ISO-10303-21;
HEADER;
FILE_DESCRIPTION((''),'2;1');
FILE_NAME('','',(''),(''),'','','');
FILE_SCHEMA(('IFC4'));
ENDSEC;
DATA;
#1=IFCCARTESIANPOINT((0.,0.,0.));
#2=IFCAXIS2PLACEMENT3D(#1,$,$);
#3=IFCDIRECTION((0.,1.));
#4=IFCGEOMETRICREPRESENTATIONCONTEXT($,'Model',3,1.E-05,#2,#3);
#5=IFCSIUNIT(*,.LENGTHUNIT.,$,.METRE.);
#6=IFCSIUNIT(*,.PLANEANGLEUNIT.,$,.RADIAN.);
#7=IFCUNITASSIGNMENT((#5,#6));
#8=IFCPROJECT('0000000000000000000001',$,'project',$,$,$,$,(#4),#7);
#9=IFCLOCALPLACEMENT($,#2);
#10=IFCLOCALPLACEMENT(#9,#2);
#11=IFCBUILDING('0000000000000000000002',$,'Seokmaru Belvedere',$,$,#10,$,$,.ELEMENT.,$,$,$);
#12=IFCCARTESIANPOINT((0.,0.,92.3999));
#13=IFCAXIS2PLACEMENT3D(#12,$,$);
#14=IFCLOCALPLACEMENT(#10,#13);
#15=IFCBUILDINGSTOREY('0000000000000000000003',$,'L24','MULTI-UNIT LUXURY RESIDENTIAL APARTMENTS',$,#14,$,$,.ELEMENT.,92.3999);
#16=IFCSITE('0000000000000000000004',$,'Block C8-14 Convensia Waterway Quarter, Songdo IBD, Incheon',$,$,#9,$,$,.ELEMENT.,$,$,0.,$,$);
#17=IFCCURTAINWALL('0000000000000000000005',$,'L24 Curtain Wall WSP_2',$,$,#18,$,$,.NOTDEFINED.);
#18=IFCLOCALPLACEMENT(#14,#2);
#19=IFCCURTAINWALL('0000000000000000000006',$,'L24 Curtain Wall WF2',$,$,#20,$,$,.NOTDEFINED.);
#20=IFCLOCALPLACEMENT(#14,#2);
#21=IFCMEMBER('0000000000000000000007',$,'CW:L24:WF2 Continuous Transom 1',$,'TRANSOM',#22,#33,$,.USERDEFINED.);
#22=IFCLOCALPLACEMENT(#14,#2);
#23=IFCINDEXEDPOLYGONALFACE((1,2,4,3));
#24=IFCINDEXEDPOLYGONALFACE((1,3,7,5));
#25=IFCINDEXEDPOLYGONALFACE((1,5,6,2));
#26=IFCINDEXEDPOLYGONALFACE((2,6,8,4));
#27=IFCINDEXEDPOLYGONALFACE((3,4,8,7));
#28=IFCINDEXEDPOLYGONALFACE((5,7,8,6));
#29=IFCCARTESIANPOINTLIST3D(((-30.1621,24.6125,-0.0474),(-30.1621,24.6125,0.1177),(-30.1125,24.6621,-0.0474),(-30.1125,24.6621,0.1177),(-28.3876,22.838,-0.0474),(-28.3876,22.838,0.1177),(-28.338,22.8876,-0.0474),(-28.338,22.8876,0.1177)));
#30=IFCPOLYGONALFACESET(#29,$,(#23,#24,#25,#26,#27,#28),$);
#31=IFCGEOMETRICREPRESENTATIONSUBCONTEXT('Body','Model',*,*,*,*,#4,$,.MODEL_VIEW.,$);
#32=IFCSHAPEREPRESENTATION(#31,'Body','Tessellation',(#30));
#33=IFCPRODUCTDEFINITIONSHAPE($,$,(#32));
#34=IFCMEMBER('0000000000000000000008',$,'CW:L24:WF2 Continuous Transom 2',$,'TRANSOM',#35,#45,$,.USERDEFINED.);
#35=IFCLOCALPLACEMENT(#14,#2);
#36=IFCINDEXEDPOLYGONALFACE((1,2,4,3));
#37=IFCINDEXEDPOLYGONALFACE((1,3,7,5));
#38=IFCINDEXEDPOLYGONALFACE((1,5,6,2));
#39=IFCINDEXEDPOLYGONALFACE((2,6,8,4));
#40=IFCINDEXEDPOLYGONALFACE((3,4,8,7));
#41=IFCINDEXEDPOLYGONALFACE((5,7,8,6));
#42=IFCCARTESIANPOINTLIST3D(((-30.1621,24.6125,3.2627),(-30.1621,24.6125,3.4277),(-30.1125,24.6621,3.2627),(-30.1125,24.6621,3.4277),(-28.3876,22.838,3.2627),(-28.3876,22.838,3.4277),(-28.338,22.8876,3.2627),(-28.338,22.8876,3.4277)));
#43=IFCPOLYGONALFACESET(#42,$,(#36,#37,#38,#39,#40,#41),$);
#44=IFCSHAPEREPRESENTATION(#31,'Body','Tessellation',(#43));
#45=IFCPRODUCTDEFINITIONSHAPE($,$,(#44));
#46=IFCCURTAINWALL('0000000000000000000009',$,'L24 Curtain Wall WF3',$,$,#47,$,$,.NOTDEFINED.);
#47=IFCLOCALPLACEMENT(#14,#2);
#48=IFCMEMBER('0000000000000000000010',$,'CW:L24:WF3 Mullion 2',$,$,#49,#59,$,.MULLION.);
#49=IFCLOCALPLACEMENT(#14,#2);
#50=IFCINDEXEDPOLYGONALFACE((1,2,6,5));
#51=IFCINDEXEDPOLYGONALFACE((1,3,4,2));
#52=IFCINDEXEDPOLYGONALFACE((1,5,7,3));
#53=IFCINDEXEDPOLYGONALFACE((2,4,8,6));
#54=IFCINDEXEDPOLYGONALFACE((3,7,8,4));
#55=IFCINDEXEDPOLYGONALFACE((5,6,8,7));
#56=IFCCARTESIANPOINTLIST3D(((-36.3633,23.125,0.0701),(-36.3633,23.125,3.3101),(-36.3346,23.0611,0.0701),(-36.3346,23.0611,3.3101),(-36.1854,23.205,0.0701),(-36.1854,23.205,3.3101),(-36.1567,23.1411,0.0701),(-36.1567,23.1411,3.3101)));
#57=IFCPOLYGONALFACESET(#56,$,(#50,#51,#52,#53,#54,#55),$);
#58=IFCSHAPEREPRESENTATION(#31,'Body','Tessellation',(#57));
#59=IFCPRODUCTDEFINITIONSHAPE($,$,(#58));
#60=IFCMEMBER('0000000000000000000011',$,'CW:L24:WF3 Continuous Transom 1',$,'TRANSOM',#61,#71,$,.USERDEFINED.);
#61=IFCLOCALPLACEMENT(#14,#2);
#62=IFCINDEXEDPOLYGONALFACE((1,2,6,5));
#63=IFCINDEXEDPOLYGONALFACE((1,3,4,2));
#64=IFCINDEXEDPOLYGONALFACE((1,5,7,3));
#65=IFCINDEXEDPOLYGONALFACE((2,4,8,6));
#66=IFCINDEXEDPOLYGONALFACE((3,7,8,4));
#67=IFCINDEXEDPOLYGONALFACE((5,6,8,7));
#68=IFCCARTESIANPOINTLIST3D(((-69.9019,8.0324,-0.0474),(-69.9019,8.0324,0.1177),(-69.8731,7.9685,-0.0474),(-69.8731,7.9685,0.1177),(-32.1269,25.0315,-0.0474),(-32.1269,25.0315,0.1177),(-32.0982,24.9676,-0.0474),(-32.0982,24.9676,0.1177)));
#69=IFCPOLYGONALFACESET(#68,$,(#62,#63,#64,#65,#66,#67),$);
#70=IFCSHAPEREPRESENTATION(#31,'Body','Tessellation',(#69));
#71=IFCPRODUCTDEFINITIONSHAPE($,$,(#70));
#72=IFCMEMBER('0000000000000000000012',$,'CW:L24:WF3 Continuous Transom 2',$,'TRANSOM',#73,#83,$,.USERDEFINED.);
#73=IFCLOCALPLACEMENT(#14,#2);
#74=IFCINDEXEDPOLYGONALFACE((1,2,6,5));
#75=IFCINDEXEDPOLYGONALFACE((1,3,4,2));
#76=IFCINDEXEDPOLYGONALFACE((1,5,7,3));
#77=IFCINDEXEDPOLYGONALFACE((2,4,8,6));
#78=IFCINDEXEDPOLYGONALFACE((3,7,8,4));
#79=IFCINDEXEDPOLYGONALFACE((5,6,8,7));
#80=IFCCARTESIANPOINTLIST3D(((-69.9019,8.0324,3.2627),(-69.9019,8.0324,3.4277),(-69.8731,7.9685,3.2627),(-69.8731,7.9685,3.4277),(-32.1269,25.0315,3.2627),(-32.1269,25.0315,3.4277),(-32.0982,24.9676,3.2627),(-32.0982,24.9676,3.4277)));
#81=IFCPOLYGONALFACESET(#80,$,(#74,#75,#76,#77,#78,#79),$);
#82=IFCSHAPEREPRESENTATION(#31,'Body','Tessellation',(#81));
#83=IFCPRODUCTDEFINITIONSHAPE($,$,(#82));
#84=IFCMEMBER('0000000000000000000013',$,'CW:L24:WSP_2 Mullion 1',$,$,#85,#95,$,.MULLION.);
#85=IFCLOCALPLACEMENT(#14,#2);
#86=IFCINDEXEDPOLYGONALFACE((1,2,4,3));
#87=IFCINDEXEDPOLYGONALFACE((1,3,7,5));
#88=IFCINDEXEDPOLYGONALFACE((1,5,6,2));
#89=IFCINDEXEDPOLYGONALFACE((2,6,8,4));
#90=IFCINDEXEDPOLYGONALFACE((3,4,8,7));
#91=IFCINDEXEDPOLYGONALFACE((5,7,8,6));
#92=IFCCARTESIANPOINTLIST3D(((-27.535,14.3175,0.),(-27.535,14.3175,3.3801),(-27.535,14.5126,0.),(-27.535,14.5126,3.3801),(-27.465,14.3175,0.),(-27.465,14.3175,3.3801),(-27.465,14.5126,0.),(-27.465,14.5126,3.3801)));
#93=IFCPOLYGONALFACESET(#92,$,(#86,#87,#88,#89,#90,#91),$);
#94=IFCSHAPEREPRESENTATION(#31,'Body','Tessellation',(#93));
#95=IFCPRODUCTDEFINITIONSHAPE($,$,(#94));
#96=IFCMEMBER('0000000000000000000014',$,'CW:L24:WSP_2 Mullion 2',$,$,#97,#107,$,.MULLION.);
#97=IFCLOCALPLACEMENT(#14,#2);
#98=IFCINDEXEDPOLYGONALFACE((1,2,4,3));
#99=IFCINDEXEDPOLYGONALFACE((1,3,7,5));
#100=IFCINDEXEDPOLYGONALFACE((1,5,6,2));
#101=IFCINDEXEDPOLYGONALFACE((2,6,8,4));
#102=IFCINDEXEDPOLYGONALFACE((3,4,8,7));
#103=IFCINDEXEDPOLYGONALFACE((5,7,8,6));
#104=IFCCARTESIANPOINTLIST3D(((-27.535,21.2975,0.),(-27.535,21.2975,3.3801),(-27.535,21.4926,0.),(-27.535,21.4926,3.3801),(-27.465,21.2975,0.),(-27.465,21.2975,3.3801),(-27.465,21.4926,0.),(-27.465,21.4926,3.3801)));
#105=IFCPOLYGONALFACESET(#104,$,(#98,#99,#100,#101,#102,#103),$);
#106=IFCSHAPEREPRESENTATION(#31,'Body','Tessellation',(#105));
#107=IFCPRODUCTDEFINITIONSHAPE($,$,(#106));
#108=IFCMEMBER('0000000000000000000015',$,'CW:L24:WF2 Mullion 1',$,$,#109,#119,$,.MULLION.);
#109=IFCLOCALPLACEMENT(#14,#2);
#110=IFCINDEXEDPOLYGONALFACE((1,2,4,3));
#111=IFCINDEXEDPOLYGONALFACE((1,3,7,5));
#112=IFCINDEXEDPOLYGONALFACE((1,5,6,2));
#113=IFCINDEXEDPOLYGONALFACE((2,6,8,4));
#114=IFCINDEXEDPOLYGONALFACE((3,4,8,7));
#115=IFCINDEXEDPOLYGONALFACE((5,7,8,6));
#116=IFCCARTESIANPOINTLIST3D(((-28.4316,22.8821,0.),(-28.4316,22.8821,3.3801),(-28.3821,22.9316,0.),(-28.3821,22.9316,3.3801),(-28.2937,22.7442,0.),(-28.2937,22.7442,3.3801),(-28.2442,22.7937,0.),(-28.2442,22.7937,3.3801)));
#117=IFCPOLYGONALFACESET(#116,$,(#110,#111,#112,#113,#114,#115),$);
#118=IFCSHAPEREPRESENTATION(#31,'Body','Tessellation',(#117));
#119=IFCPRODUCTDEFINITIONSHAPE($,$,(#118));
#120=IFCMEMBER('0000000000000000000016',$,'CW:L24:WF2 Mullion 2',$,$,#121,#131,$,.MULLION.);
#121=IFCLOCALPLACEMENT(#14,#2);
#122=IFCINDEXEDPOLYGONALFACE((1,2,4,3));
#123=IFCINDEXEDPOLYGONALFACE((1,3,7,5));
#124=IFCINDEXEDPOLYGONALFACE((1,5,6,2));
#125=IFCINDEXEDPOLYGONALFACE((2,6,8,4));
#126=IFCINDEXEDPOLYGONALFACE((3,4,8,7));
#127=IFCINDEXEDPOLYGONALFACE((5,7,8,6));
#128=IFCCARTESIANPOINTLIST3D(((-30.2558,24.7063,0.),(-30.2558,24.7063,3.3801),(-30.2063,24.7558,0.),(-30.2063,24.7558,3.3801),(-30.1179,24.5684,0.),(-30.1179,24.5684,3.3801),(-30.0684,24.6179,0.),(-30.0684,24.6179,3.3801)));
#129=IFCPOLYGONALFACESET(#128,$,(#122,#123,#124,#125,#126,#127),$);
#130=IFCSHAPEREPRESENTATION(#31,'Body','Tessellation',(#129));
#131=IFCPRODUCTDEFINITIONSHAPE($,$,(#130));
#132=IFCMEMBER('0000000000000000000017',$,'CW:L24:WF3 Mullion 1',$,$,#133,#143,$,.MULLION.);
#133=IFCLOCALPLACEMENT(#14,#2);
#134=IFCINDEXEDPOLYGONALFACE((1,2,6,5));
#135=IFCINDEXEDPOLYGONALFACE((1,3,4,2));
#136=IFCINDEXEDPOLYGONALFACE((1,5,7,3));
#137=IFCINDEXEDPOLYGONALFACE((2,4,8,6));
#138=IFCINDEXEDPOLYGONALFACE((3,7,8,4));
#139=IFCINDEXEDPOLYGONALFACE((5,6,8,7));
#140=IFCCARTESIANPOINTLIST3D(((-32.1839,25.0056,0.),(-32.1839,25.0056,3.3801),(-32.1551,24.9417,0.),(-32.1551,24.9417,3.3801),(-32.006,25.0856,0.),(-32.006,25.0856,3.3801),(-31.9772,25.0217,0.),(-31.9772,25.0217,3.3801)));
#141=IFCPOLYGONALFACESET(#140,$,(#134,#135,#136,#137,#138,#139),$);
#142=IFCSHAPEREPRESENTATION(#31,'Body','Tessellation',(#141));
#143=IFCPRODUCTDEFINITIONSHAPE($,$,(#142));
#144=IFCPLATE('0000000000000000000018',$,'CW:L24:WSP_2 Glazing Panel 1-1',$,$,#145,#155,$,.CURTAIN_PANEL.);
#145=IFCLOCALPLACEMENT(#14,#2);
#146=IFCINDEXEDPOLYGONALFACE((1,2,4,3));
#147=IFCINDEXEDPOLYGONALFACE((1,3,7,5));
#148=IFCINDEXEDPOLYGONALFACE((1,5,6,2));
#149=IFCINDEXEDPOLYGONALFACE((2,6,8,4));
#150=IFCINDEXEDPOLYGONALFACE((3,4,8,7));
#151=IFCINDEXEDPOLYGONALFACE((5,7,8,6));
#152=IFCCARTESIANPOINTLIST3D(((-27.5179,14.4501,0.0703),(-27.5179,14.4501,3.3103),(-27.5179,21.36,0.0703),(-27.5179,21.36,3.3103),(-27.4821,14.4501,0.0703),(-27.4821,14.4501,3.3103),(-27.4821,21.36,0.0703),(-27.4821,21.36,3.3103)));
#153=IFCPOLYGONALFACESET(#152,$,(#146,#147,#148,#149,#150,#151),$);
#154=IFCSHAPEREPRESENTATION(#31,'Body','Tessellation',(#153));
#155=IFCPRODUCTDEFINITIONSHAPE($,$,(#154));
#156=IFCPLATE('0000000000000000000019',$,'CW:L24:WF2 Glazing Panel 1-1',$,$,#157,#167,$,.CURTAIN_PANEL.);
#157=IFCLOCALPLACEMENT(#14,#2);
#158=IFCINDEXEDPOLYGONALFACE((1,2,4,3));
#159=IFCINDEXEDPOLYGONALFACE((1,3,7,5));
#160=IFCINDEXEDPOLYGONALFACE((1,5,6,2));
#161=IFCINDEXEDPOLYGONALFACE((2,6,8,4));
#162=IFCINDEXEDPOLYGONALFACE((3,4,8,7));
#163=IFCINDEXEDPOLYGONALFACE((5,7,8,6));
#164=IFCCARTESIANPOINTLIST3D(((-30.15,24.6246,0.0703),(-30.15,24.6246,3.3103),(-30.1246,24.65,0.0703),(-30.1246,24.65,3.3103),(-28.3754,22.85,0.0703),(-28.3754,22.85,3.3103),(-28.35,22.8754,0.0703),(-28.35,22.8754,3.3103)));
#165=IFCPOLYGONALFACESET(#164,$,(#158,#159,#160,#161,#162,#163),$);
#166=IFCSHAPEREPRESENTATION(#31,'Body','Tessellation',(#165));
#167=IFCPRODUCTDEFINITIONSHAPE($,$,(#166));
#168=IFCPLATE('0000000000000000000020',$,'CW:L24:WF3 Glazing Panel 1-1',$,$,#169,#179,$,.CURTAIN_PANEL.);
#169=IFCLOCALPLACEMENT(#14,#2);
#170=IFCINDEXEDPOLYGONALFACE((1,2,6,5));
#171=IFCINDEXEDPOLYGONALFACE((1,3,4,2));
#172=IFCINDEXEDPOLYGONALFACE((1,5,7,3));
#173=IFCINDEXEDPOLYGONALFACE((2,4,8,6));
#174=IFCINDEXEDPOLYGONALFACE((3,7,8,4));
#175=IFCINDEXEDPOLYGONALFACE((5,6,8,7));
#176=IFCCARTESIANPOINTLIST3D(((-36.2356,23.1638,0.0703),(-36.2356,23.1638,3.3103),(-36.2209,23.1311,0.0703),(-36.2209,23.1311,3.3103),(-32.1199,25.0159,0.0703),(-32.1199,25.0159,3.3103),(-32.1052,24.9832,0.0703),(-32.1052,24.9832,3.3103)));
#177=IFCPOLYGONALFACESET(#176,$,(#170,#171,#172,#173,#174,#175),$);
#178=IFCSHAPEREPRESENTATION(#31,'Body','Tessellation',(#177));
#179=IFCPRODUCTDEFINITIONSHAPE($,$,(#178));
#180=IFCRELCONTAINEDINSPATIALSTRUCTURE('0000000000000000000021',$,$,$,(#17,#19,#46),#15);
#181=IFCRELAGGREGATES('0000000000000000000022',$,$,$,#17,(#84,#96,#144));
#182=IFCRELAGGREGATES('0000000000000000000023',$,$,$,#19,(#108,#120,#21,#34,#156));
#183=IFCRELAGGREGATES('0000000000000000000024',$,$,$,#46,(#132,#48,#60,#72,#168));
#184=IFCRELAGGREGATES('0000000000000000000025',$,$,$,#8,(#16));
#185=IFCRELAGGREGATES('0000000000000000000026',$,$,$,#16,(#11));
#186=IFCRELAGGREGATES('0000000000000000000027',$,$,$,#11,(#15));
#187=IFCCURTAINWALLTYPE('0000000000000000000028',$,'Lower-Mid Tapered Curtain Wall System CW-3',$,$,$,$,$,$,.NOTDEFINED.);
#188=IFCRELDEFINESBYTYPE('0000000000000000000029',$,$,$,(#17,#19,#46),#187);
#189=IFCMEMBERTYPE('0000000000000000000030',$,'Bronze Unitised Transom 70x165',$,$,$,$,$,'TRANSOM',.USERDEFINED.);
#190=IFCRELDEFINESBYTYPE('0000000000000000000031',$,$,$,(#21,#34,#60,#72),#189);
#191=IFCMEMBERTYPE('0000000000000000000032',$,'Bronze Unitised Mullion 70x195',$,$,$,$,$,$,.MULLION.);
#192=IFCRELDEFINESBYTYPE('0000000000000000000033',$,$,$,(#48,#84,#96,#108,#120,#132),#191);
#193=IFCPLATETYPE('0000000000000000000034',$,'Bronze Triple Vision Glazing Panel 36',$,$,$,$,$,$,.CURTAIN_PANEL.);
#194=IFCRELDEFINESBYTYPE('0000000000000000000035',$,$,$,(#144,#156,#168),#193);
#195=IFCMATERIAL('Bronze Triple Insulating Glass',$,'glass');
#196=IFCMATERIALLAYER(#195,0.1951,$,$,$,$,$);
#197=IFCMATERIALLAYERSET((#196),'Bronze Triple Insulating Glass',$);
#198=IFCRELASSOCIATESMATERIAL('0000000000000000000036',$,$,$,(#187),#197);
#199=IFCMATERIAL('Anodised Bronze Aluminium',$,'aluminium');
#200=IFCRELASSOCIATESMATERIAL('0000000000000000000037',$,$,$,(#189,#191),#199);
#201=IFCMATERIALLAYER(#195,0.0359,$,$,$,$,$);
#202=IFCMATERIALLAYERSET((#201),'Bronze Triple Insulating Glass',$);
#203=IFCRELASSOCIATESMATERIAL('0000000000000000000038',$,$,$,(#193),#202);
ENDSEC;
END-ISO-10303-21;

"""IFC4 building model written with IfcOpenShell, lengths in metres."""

from ifc_helpers import new_model, si_unit, direction, frame, origin, origin_2d, place, context, subcontext, project, spatial, rectangle, extrude, source, transform, mapped, material, layer, layer_set, material_profile, profile_set, type_object, type_shapes, element, aggregate, save


model = new_model("IFC4")

# Units and contexts
model_context = context("Model", 3, precision=1e-05, world=origin(), true_north=direction((0.0, 1.0)))
body_context = subcontext(model_context, "Body", "Model", "MODEL_VIEW")
ifc_project = project(units=[si_unit("LENGTHUNIT", "METRE"), si_unit("PLANEANGLEUNIT", "RADIAN")], contexts=[model_context])

# Site, building, storey
site_placement = place(None, origin())
site = spatial("IfcSite", under=ifc_project, at=site_placement, Name="Block C8-14 Convensia Waterway Quarter, Songdo IBD, Incheon", CompositionType="ELEMENT", RefElevation=0.0)
building_placement = place(site_placement, origin())
building = spatial("IfcBuilding", under=site, at=building_placement, Name="Seokmaru Belvedere", CompositionType="ELEMENT")
storey_placement = place(building_placement, frame((0.0, 0.0, 92.3999)))
storey = spatial("IfcBuildingStorey", under=building, at=storey_placement, Name="L24", Description="MULTI-UNIT LUXURY RESIDENTIAL APARTMENTS", CompositionType="ELEMENT", Elevation=92.3999)

# Curtain walls, members
ifc_material_1 = material(Name="Bronze Triple Insulating Glass", Category="glass")
ifc_layer_1 = layer(ifc_material_1, 0.1951)
ifc_layer_set_1 = layer_set([ifc_layer_1], Name="Bronze Triple Insulating Glass")
curtain_wall_type = type_object("IfcCurtainWallType", Name="Lower-Mid Tapered Curtain Wall System CW-3", PredefinedType="NOTDEFINED", material=ifc_layer_set_1)
curtain_wall_1_placement = place(storey_placement, origin())
curtain_wall_1 = element("IfcCurtainWall", 1, at=curtain_wall_1_placement, inside=storey, type_object=curtain_wall_type, Name="L24 Curtain Wall WSP_2", PredefinedType="NOTDEFINED")
ifc_material_2 = material(Name="Anodised Bronze Aluminium", Category="aluminium")
ifc_material_profile_1 = material_profile(ifc_material_2, rectangle(XDim=0.0701, YDim=0.165, at=origin_2d()), Name="CW-T-70x165")
ifc_profile_set_1 = profile_set([ifc_material_profile_1], Name="Anodised Bronze Aluminium")
member_type_1 = type_object("IfcMemberType", Name="Bronze Unitised Transom 70x165", ElementType="TRANSOM", PredefinedType="USERDEFINED", material=ifc_profile_set_1)
curtain_wall_2_placement = place(storey_placement, origin())
curtain_wall_2 = element("IfcCurtainWall", 2, at=curtain_wall_2_placement, inside=storey, type_object=curtain_wall_type, Name="L24 Curtain Wall WF2", PredefinedType="NOTDEFINED")
shared_shape_1 = source(origin(), body_context, "Body", "SweptSolid", [
    extrude(rectangle(XDim=0.0701, YDim=0.165, at=origin_2d()), origin(), (0.0, 0.0, 1.0), 2.5095),
])
member_1_placement = place(storey_placement, frame((-28.3628, 22.8628, 0.0352), z_axis=(-0.707107, 0.707107, 0.0), x_axis=(-0.707107, -0.707107, 0.0)))
member_1 = element("IfcMember", 3, at=member_1_placement, type_object=member_type_1, Name="CW:L24:WF2 Continuous Transom 1", ObjectType="TRANSOM", PredefinedType="USERDEFINED", context=body_context, shape_type="MappedRepresentation", body=[
    mapped(shared_shape_1, transform((0.0, 0.0, 0.0), scale=1.0)),
])
member_2_placement = place(storey_placement, frame((-28.3628, 22.8628, 3.3452), z_axis=(-0.707107, 0.707107, 0.0), x_axis=(-0.707107, -0.707107, 0.0)))
member_2 = element("IfcMember", 4, at=member_2_placement, type_object=member_type_1, Name="CW:L24:WF2 Continuous Transom 2", ObjectType="TRANSOM", PredefinedType="USERDEFINED", context=body_context, shape_type="MappedRepresentation", body=[
    mapped(shared_shape_1, transform((0.0, 0.0, 0.0), scale=1.0)),
])
curtain_wall_3_placement = place(storey_placement, origin())
curtain_wall_3 = element("IfcCurtainWall", 5, at=curtain_wall_3_placement, inside=storey, type_object=curtain_wall_type, Name="L24 Curtain Wall WF3", PredefinedType="NOTDEFINED")
ifc_material_profile_2 = material_profile(ifc_material_2, rectangle(XDim=0.0701, YDim=0.1951, at=origin_2d()), Name="CW-M-70x195")
ifc_profile_set_2 = profile_set([ifc_material_profile_2], Name="Anodised Bronze Aluminium")
member_type_2 = type_object("IfcMemberType", Name="Bronze Unitised Mullion 70x195", PredefinedType="MULLION", material=ifc_profile_set_2)
shared_shape_2 = source(origin(), body_context, "Body", "SweptSolid", [
    extrude(rectangle(XDim=0.0701, YDim=0.1951, at=origin_2d()), origin(), (0.0, 0.0, 1.0), 3.24),
])
member_3_placement = place(storey_placement, frame((-36.26, 23.1331, 0.0701), z_axis=(0.0, 0.0, 1.0), x_axis=(0.410366, -0.911921, 0.0)))
member_3 = element("IfcMember", 6, at=member_3_placement, type_object=member_type_2, Name="CW:L24:WF3 Mullion 2", PredefinedType="MULLION", context=body_context, shape_type="MappedRepresentation", body=[
    mapped(shared_shape_2, transform((0.0, 0.0, 0.0), scale=1.0)),
])
shared_shape_3 = source(origin(), body_context, "Body", "SweptSolid", [
    extrude(rectangle(XDim=0.0701, YDim=0.165, at=origin_2d()), origin(), (0.0, 0.0, 1.0), 41.4236),
])
member_4_placement = place(storey_placement, frame((-32.1125, 24.9995, 0.0352), z_axis=(-0.911919, -0.410371, 0.0), x_axis=(0.410371, -0.911919, 0.0)))
member_4 = element("IfcMember", 7, at=member_4_placement, type_object=member_type_1, Name="CW:L24:WF3 Continuous Transom 1", ObjectType="TRANSOM", PredefinedType="USERDEFINED", context=body_context, shape_type="MappedRepresentation", body=[
    mapped(shared_shape_3, transform((0.0, 0.0, 0.0), scale=1.0)),
])
member_5_placement = place(storey_placement, frame((-32.1125, 24.9995, 3.3452), z_axis=(-0.911919, -0.410371, 0.0), x_axis=(0.410371, -0.911919, 0.0)))
member_5 = element("IfcMember", 8, at=member_5_placement, type_object=member_type_1, Name="CW:L24:WF3 Continuous Transom 2", ObjectType="TRANSOM", PredefinedType="USERDEFINED", context=body_context, shape_type="MappedRepresentation", body=[
    mapped(shared_shape_3, transform((0.0, 0.0, 0.0), scale=1.0)),
])

# Members
shared_shape_4 = source(origin(), body_context, "Body", "SweptSolid", [
    extrude(rectangle(XDim=0.0701, YDim=0.1951, at=origin_2d()), origin(), (0.0, 0.0, 1.0), 3.3801),
])
type_shapes(member_type_2, [shared_shape_2, shared_shape_4])
member_6_placement = place(storey_placement, frame((-27.5, 14.415, 0.0), z_axis=(0.0, 0.0, 1.0), x_axis=(-1.0, 0.0, 0.0)))
member_6 = element("IfcMember", 9, at=member_6_placement, type_object=member_type_2, Name="CW:L24:WSP_2 Mullion 1", PredefinedType="MULLION", context=body_context, shape_type="MappedRepresentation", body=[
    mapped(shared_shape_4, transform((0.0, 0.0, 0.0), scale=1.0)),
])
member_7_placement = place(storey_placement, frame((-27.5, 21.395, 0.0), z_axis=(0.0, 0.0, 1.0), x_axis=(-1.0, 0.0, 0.0)))
member_7 = element("IfcMember", 10, at=member_7_placement, type_object=member_type_2, Name="CW:L24:WSP_2 Mullion 2", PredefinedType="MULLION", context=body_context, shape_type="MappedRepresentation", body=[
    mapped(shared_shape_4, transform((0.0, 0.0, 0.0), scale=1.0)),
])
member_8_placement = place(storey_placement, frame((-28.3379, 22.8379, 0.0), z_axis=(0.0, 0.0, 1.0), x_axis=(-0.707107, -0.707107, 0.0)))
member_8 = element("IfcMember", 11, at=member_8_placement, type_object=member_type_2, Name="CW:L24:WF2 Mullion 1", PredefinedType="MULLION", context=body_context, shape_type="MappedRepresentation", body=[
    mapped(shared_shape_4, transform((0.0, 0.0, 0.0), scale=1.0)),
])
member_9_placement = place(storey_placement, frame((-30.1621, 24.6621, 0.0), z_axis=(0.0, 0.0, 1.0), x_axis=(-0.707107, -0.707107, 0.0)))
member_9 = element("IfcMember", 12, at=member_9_placement, type_object=member_type_2, Name="CW:L24:WF2 Mullion 2", PredefinedType="MULLION", context=body_context, shape_type="MappedRepresentation", body=[
    mapped(shared_shape_4, transform((0.0, 0.0, 0.0), scale=1.0)),
])
member_10_placement = place(storey_placement, frame((-32.0806, 25.0137, 0.0), z_axis=(0.0, 0.0, 1.0), x_axis=(0.410366, -0.911921, 0.0)))
member_10 = element("IfcMember", 13, at=member_10_placement, type_object=member_type_2, Name="CW:L24:WF3 Mullion 1", PredefinedType="MULLION", context=body_context, shape_type="MappedRepresentation", body=[
    mapped(shared_shape_4, transform((0.0, 0.0, 0.0), scale=1.0)),
])

# Plates
ifc_layer_2 = layer(ifc_material_1, 0.0359)
ifc_layer_set_2 = layer_set([ifc_layer_2], Name="Bronze Triple Insulating Glass")
plate_type = type_object("IfcPlateType", Name="Bronze Triple Vision Glazing Panel 36", PredefinedType="CURTAIN_PANEL", material=ifc_layer_set_2)
shared_shape_5 = source(origin(), body_context, "Body", "SweptSolid", [
    extrude(rectangle(XDim=6.9099, YDim=0.0359, at=origin_2d()), origin(), (0.0, 0.0, 1.0), 3.24),
])
plate_1_placement = place(storey_placement, frame((-27.5, 17.905, 0.0703), z_axis=(0.0, 0.0, 1.0), x_axis=(0.0, 1.0, 0.0)))
plate_1 = element("IfcPlate", 14, at=plate_1_placement, type_object=plate_type, Name="CW:L24:WSP_2 Glazing Panel 1-1", PredefinedType="CURTAIN_PANEL", context=body_context, shape_type="MappedRepresentation", body=[
    mapped(shared_shape_5, transform((0.0, 0.0, 0.0), scale=1.0)),
])
aggregate(curtain_wall_1, [member_6, member_7, plate_1])
shared_shape_6 = source(origin(), body_context, "Body", "SweptSolid", [
    extrude(rectangle(XDim=2.5098, YDim=0.0359, at=origin_2d()), origin(), (0.0, 0.0, 1.0), 3.24),
])
plate_2_placement = place(storey_placement, frame((-29.25, 23.75, 0.0703), z_axis=(0.0, 0.0, 1.0), x_axis=(-0.707107, 0.707107, 0.0)))
plate_2 = element("IfcPlate", 15, at=plate_2_placement, type_object=plate_type, Name="CW:L24:WF2 Glazing Panel 1-1", PredefinedType="CURTAIN_PANEL", context=body_context, shape_type="MappedRepresentation", body=[
    mapped(shared_shape_6, transform((0.0, 0.0, 0.0), scale=1.0)),
])
aggregate(curtain_wall_2, [member_8, member_9, member_1, member_2, plate_2])
shared_shape_7 = source(origin(), body_context, "Body", "SweptSolid", [
    extrude(rectangle(XDim=4.5132, YDim=0.0359, at=origin_2d()), origin(), (0.0, 0.0, 1.0), 3.24),
])
plate_3_placement = place(storey_placement, frame((-34.1704, 24.0735, 0.0703), z_axis=(0.0, 0.0, 1.0), x_axis=(-0.911921, -0.410366, 0.0)))
plate_3 = element("IfcPlate", 16, at=plate_3_placement, type_object=plate_type, Name="CW:L24:WF3 Glazing Panel 1-1", PredefinedType="CURTAIN_PANEL", context=body_context, shape_type="MappedRepresentation", body=[
    mapped(shared_shape_7, transform((0.0, 0.0, 0.0), scale=1.0)),
])
aggregate(curtain_wall_3, [member_10, member_3, member_4, member_5, plate_3])

save(model, "model.ifc")
